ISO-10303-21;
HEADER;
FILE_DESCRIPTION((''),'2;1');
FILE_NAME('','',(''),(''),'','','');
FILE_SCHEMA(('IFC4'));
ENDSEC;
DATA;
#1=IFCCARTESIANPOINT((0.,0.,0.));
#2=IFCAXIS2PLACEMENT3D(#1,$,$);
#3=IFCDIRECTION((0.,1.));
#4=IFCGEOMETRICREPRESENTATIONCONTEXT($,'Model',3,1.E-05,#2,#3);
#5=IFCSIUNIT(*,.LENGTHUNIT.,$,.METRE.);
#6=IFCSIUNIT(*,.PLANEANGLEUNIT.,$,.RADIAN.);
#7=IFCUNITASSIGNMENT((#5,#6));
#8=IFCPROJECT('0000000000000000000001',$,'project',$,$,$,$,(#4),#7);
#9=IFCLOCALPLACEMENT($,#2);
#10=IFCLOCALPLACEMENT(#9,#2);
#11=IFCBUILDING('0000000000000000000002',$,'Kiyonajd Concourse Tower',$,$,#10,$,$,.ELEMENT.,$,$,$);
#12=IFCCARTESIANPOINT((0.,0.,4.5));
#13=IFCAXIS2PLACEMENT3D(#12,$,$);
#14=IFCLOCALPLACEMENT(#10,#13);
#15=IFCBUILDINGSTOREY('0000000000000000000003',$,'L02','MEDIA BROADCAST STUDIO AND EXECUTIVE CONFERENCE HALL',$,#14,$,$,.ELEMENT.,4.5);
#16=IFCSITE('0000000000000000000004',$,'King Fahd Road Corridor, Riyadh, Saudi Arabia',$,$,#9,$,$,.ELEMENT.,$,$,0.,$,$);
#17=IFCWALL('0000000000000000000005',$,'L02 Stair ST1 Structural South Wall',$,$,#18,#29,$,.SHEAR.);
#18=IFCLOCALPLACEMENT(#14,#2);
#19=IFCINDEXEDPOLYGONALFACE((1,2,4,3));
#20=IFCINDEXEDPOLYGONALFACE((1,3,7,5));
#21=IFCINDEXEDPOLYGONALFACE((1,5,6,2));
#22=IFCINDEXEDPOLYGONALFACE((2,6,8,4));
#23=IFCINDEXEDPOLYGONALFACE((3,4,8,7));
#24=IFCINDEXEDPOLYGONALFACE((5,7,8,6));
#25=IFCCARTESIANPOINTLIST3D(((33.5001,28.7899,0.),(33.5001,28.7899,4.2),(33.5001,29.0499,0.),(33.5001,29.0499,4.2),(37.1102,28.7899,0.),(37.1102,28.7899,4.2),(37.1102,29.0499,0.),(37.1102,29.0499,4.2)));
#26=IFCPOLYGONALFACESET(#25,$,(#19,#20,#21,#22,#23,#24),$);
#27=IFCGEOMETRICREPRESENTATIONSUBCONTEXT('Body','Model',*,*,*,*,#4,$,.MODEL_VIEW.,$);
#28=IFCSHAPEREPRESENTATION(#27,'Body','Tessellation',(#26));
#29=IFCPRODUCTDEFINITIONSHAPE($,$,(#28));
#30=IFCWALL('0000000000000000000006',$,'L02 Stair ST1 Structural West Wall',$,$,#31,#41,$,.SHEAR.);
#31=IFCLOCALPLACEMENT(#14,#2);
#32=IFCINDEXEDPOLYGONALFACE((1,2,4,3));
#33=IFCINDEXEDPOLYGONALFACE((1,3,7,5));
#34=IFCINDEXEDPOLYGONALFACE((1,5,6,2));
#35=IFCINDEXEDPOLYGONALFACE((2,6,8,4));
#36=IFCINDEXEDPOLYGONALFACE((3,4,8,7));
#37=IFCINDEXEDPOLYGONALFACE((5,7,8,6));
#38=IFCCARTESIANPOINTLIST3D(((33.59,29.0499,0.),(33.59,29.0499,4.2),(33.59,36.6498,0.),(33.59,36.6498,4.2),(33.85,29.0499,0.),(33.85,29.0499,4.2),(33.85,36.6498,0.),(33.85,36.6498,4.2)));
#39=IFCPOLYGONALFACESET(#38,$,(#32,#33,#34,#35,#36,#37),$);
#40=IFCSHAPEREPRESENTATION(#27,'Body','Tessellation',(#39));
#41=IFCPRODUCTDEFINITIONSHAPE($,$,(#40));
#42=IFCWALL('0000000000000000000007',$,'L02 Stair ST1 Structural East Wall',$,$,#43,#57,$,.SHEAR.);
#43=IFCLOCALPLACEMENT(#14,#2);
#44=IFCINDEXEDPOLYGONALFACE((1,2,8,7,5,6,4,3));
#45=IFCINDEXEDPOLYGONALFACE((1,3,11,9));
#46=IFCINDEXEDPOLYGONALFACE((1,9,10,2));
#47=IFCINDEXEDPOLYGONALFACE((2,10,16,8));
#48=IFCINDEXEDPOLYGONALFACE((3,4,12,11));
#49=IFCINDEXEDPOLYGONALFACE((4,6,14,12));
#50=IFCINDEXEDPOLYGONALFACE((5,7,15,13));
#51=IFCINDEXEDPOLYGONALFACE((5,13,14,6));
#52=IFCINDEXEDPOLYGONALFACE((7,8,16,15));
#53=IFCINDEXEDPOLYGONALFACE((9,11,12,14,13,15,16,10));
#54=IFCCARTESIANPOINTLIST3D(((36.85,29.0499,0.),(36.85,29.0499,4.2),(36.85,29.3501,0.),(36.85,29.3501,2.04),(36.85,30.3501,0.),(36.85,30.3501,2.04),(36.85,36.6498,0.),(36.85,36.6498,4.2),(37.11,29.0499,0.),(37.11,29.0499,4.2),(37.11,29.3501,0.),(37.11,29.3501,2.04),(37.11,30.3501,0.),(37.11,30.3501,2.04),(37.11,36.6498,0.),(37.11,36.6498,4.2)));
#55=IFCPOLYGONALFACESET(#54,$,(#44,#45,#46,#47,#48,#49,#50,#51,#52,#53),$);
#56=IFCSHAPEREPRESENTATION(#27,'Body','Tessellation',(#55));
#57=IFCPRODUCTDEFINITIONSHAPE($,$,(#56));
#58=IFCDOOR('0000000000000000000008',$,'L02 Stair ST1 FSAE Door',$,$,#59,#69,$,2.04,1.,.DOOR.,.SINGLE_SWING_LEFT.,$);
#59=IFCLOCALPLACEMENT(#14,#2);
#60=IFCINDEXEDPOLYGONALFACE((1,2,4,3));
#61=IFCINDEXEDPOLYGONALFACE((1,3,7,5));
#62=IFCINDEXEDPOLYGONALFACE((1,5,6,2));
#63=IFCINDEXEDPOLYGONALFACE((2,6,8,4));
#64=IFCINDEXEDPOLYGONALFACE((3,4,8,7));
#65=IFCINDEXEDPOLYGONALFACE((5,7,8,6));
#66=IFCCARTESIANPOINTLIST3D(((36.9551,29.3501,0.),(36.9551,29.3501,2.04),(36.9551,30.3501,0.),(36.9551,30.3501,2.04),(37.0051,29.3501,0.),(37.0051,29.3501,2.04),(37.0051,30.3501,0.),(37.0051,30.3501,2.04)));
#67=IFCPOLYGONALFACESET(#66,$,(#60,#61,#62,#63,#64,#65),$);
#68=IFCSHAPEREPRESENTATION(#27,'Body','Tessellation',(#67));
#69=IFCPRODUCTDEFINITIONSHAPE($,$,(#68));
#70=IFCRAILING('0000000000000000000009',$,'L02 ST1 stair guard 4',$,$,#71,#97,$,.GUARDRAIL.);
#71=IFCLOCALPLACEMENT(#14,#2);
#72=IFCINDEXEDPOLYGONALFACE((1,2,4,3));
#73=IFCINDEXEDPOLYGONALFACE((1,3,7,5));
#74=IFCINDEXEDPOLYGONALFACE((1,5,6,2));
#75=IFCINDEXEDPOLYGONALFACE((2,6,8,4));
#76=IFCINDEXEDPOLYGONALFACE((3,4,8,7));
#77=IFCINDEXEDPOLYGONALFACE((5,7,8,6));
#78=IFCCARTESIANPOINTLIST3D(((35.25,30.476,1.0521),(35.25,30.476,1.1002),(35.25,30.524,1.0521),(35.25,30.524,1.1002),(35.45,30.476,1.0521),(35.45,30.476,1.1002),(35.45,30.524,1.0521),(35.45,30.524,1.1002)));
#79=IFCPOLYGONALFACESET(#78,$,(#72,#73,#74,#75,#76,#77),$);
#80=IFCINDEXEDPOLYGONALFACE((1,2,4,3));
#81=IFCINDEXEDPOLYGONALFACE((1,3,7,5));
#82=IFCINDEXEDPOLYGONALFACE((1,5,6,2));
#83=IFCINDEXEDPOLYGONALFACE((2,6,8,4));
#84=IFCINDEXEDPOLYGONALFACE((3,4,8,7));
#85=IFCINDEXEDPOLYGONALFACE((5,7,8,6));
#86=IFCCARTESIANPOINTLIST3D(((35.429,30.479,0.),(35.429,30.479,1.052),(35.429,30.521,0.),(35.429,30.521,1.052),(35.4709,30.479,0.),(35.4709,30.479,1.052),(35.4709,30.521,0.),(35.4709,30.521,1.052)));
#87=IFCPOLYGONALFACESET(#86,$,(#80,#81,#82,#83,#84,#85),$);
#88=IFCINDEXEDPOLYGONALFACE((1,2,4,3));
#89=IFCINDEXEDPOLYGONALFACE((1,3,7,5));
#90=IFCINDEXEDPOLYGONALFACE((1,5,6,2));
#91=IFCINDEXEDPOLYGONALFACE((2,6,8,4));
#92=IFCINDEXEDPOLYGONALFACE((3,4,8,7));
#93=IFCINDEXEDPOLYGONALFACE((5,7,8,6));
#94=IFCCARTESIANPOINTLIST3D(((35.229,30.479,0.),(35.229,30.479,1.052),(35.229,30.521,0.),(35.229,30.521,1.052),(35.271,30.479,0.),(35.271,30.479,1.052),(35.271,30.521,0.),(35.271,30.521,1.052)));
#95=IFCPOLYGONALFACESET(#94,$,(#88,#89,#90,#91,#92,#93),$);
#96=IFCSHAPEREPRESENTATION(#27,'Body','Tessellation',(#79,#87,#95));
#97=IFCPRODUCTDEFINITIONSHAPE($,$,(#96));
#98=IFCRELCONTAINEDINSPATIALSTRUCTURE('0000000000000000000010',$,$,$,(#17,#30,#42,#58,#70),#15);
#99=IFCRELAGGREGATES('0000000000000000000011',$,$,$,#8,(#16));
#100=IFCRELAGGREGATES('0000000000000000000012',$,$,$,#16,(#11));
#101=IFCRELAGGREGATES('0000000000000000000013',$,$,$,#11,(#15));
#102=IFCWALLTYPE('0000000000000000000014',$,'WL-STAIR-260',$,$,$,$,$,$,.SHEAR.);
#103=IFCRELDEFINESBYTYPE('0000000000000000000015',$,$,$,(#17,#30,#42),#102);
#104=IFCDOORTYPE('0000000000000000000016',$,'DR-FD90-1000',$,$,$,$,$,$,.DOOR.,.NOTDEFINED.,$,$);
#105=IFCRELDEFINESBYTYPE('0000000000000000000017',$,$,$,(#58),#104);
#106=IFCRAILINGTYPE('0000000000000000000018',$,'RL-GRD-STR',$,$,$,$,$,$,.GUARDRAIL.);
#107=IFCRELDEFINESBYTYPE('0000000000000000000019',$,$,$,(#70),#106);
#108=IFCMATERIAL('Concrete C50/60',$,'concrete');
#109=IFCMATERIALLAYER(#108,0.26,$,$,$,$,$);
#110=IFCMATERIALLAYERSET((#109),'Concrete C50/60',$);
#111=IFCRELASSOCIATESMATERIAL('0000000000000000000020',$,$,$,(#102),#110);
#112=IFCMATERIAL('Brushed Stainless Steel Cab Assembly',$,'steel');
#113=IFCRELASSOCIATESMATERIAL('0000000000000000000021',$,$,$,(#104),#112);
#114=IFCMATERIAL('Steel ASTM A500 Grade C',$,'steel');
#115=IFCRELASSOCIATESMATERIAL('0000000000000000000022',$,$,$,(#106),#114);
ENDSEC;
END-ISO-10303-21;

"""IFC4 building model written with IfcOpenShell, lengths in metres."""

from ifc_helpers import new_model, si_unit, direction, frame, frame_2d, origin, origin_2d, place, context, subcontext, project, spatial, rectangle, extrude, material, layer, layer_set, type_object, element, fill, save


model = new_model("IFC4")

# Units and contexts
model_context = context("Model", 3, precision=1e-05, world=origin(), true_north=direction((0.0, 1.0)))
body_context = subcontext(model_context, "Body", "Model", "MODEL_VIEW")
ifc_project = project(units=[si_unit("LENGTHUNIT", "METRE"), si_unit("PLANEANGLEUNIT", "RADIAN")], contexts=[model_context])

# Site, building, storey
site_placement = place(None, origin())
site = spatial("IfcSite", under=ifc_project, at=site_placement, Name="King Fahd Road Corridor, Riyadh, Saudi Arabia", CompositionType="ELEMENT", RefElevation=0.0)
building_placement = place(site_placement, origin())
building = spatial("IfcBuilding", under=site, at=building_placement, Name="Kiyonajd Concourse Tower", CompositionType="ELEMENT")
storey_placement = place(building_placement, frame((0.0, 0.0, 4.5)))
storey = spatial("IfcBuildingStorey", under=building, at=storey_placement, Name="L02", Description="MEDIA BROADCAST STUDIO AND EXECUTIVE CONFERENCE HALL", CompositionType="ELEMENT", Elevation=4.5)

# Shared definitions
ifc_material_1 = material(Name="Brushed Stainless Steel Cab Assembly", Category="steel")

# Walls
ifc_material_2 = material(Name="Concrete C50/60", Category="concrete")
ifc_layer_1 = layer(ifc_material_2, 0.26)
ifc_layer_set_1 = layer_set([ifc_layer_1], Name="Concrete C50/60")
wall_type_1 = type_object("IfcWallType", Name="WL-STAIR-260", PredefinedType="SHEAR", material=ifc_layer_set_1)
wall_1_placement = place(storey_placement, frame((33.5, 28.9199, 0.0), z_axis=(0.0, 0.0, 1.0), x_axis=(1.0, 0.0, 0.0)))
element("IfcWall", 1, at=wall_1_placement, inside=storey, type_object=wall_type_1, Name="L02 Stair ST1 Structural South Wall", PredefinedType="SHEAR", context=body_context, shape_type="SweptSolid", body=[
    extrude(rectangle(XDim=3.6101, YDim=0.26, at=frame_2d((1.8052, 0.0))), origin(), (0.0, 0.0, 1.0), 4.2),
])
wall_2_placement = place(storey_placement, frame((33.72, 29.05, 0.0), z_axis=(0.0, 0.0, 1.0), x_axis=(0.0, 1.0, 0.0)))
element("IfcWall", 2, at=wall_2_placement, inside=storey, type_object=wall_type_1, Name="L02 Stair ST1 Structural West Wall", PredefinedType="SHEAR", context=body_context, shape_type="SweptSolid", body=[
    extrude(rectangle(XDim=7.5999, YDim=0.26, at=frame_2d((3.7998, 0.0))), origin(), (0.0, 0.0, 1.0), 4.2),
])

# Wall, opening, door
wall_3_placement = place(storey_placement, frame((36.98, 29.05, 0.0), z_axis=(0.0, 0.0, 1.0), x_axis=(0.0, 1.0, 0.0)))
wall_3 = element("IfcWall", 3, at=wall_3_placement, inside=storey, type_object=wall_type_1, Name="L02 Stair ST1 Structural East Wall", PredefinedType="SHEAR", context=body_context, shape_type="SweptSolid", body=[
    extrude(rectangle(XDim=7.5999, YDim=0.26, at=frame_2d((3.7998, 0.0))), origin(), (0.0, 0.0, 1.0), 4.2),
])
opening_1_placement = place(wall_3_placement, frame((0.3, 0.0, 0.0)))
opening_1 = element("IfcOpeningElement", 4, at=opening_1_placement, cuts=wall_3, PredefinedType="OPENING", context=body_context, shape_type="SweptSolid", body=[
    extrude(rectangle(XDim=1.0, YDim=2.04, at=frame_2d((0.5, 1.02))), frame((0.0, 0.1399, 0.0), z_axis=(0.0, -1.0, 0.0), x_axis=(1.0, 0.0, 0.0)), (0.0, 0.0, 1.0), 0.28),
])
door_type_1 = type_object("IfcDoorType", Name="DR-FD90-1000", OperationType="NOTDEFINED", PredefinedType="DOOR", material=ifc_material_1)
door_1_placement = place(opening_1_placement, origin())
door_1 = element("IfcDoor", 5, at=door_1_placement, inside=storey, type_object=door_type_1, Name="L02 Stair ST1 FSAE Door", OperationType="SINGLE_SWING_LEFT", OverallHeight=2.04, OverallWidth=1.0, PredefinedType="DOOR", context=body_context, shape_type="SweptSolid", body=[
    extrude(rectangle(XDim=1.0, YDim=2.04, at=frame_2d((0.5, 1.02))), frame((0.0, 0.0249, 0.0), z_axis=(0.0, -1.0, 0.0), x_axis=(1.0, 0.0, 0.0)), (0.0, 0.0, 1.0), 0.05),
])
fill(opening_1, door_1)

# Railing
ifc_material_3 = material(Name="Steel ASTM A500 Grade C", Category="steel")
railing_type = type_object("IfcRailingType", Name="RL-GRD-STR", PredefinedType="GUARDRAIL", material=ifc_material_3)
railing_placement = place(storey_placement, frame((35.45, 30.5, 0.0)))
element("IfcRailing", 6, at=railing_placement, inside=storey, type_object=railing_type, Name="L02 ST1 stair guard 4", PredefinedType="GUARDRAIL", context=body_context, shape_type="SweptSolid", body=[
    extrude(rectangle(XDim=0.0481, YDim=0.0481, at=origin_2d()), frame((0.0, 0.0, 1.0762), z_axis=(-1.0, 0.0, 0.0), x_axis=(0.0, -1.0, 0.0)), (0.0, 0.0, 1.0), 0.2),
    extrude(rectangle(XDim=0.042, YDim=0.042, at=origin_2d()), origin(), (0.0, 0.0, 1.0), 1.052),
    extrude(rectangle(XDim=0.042, YDim=0.042, at=origin_2d()), frame((-0.2, 0.0, 0.0)), (0.0, 0.0, 1.0), 1.052),
])

save(model, "model.ifc")
